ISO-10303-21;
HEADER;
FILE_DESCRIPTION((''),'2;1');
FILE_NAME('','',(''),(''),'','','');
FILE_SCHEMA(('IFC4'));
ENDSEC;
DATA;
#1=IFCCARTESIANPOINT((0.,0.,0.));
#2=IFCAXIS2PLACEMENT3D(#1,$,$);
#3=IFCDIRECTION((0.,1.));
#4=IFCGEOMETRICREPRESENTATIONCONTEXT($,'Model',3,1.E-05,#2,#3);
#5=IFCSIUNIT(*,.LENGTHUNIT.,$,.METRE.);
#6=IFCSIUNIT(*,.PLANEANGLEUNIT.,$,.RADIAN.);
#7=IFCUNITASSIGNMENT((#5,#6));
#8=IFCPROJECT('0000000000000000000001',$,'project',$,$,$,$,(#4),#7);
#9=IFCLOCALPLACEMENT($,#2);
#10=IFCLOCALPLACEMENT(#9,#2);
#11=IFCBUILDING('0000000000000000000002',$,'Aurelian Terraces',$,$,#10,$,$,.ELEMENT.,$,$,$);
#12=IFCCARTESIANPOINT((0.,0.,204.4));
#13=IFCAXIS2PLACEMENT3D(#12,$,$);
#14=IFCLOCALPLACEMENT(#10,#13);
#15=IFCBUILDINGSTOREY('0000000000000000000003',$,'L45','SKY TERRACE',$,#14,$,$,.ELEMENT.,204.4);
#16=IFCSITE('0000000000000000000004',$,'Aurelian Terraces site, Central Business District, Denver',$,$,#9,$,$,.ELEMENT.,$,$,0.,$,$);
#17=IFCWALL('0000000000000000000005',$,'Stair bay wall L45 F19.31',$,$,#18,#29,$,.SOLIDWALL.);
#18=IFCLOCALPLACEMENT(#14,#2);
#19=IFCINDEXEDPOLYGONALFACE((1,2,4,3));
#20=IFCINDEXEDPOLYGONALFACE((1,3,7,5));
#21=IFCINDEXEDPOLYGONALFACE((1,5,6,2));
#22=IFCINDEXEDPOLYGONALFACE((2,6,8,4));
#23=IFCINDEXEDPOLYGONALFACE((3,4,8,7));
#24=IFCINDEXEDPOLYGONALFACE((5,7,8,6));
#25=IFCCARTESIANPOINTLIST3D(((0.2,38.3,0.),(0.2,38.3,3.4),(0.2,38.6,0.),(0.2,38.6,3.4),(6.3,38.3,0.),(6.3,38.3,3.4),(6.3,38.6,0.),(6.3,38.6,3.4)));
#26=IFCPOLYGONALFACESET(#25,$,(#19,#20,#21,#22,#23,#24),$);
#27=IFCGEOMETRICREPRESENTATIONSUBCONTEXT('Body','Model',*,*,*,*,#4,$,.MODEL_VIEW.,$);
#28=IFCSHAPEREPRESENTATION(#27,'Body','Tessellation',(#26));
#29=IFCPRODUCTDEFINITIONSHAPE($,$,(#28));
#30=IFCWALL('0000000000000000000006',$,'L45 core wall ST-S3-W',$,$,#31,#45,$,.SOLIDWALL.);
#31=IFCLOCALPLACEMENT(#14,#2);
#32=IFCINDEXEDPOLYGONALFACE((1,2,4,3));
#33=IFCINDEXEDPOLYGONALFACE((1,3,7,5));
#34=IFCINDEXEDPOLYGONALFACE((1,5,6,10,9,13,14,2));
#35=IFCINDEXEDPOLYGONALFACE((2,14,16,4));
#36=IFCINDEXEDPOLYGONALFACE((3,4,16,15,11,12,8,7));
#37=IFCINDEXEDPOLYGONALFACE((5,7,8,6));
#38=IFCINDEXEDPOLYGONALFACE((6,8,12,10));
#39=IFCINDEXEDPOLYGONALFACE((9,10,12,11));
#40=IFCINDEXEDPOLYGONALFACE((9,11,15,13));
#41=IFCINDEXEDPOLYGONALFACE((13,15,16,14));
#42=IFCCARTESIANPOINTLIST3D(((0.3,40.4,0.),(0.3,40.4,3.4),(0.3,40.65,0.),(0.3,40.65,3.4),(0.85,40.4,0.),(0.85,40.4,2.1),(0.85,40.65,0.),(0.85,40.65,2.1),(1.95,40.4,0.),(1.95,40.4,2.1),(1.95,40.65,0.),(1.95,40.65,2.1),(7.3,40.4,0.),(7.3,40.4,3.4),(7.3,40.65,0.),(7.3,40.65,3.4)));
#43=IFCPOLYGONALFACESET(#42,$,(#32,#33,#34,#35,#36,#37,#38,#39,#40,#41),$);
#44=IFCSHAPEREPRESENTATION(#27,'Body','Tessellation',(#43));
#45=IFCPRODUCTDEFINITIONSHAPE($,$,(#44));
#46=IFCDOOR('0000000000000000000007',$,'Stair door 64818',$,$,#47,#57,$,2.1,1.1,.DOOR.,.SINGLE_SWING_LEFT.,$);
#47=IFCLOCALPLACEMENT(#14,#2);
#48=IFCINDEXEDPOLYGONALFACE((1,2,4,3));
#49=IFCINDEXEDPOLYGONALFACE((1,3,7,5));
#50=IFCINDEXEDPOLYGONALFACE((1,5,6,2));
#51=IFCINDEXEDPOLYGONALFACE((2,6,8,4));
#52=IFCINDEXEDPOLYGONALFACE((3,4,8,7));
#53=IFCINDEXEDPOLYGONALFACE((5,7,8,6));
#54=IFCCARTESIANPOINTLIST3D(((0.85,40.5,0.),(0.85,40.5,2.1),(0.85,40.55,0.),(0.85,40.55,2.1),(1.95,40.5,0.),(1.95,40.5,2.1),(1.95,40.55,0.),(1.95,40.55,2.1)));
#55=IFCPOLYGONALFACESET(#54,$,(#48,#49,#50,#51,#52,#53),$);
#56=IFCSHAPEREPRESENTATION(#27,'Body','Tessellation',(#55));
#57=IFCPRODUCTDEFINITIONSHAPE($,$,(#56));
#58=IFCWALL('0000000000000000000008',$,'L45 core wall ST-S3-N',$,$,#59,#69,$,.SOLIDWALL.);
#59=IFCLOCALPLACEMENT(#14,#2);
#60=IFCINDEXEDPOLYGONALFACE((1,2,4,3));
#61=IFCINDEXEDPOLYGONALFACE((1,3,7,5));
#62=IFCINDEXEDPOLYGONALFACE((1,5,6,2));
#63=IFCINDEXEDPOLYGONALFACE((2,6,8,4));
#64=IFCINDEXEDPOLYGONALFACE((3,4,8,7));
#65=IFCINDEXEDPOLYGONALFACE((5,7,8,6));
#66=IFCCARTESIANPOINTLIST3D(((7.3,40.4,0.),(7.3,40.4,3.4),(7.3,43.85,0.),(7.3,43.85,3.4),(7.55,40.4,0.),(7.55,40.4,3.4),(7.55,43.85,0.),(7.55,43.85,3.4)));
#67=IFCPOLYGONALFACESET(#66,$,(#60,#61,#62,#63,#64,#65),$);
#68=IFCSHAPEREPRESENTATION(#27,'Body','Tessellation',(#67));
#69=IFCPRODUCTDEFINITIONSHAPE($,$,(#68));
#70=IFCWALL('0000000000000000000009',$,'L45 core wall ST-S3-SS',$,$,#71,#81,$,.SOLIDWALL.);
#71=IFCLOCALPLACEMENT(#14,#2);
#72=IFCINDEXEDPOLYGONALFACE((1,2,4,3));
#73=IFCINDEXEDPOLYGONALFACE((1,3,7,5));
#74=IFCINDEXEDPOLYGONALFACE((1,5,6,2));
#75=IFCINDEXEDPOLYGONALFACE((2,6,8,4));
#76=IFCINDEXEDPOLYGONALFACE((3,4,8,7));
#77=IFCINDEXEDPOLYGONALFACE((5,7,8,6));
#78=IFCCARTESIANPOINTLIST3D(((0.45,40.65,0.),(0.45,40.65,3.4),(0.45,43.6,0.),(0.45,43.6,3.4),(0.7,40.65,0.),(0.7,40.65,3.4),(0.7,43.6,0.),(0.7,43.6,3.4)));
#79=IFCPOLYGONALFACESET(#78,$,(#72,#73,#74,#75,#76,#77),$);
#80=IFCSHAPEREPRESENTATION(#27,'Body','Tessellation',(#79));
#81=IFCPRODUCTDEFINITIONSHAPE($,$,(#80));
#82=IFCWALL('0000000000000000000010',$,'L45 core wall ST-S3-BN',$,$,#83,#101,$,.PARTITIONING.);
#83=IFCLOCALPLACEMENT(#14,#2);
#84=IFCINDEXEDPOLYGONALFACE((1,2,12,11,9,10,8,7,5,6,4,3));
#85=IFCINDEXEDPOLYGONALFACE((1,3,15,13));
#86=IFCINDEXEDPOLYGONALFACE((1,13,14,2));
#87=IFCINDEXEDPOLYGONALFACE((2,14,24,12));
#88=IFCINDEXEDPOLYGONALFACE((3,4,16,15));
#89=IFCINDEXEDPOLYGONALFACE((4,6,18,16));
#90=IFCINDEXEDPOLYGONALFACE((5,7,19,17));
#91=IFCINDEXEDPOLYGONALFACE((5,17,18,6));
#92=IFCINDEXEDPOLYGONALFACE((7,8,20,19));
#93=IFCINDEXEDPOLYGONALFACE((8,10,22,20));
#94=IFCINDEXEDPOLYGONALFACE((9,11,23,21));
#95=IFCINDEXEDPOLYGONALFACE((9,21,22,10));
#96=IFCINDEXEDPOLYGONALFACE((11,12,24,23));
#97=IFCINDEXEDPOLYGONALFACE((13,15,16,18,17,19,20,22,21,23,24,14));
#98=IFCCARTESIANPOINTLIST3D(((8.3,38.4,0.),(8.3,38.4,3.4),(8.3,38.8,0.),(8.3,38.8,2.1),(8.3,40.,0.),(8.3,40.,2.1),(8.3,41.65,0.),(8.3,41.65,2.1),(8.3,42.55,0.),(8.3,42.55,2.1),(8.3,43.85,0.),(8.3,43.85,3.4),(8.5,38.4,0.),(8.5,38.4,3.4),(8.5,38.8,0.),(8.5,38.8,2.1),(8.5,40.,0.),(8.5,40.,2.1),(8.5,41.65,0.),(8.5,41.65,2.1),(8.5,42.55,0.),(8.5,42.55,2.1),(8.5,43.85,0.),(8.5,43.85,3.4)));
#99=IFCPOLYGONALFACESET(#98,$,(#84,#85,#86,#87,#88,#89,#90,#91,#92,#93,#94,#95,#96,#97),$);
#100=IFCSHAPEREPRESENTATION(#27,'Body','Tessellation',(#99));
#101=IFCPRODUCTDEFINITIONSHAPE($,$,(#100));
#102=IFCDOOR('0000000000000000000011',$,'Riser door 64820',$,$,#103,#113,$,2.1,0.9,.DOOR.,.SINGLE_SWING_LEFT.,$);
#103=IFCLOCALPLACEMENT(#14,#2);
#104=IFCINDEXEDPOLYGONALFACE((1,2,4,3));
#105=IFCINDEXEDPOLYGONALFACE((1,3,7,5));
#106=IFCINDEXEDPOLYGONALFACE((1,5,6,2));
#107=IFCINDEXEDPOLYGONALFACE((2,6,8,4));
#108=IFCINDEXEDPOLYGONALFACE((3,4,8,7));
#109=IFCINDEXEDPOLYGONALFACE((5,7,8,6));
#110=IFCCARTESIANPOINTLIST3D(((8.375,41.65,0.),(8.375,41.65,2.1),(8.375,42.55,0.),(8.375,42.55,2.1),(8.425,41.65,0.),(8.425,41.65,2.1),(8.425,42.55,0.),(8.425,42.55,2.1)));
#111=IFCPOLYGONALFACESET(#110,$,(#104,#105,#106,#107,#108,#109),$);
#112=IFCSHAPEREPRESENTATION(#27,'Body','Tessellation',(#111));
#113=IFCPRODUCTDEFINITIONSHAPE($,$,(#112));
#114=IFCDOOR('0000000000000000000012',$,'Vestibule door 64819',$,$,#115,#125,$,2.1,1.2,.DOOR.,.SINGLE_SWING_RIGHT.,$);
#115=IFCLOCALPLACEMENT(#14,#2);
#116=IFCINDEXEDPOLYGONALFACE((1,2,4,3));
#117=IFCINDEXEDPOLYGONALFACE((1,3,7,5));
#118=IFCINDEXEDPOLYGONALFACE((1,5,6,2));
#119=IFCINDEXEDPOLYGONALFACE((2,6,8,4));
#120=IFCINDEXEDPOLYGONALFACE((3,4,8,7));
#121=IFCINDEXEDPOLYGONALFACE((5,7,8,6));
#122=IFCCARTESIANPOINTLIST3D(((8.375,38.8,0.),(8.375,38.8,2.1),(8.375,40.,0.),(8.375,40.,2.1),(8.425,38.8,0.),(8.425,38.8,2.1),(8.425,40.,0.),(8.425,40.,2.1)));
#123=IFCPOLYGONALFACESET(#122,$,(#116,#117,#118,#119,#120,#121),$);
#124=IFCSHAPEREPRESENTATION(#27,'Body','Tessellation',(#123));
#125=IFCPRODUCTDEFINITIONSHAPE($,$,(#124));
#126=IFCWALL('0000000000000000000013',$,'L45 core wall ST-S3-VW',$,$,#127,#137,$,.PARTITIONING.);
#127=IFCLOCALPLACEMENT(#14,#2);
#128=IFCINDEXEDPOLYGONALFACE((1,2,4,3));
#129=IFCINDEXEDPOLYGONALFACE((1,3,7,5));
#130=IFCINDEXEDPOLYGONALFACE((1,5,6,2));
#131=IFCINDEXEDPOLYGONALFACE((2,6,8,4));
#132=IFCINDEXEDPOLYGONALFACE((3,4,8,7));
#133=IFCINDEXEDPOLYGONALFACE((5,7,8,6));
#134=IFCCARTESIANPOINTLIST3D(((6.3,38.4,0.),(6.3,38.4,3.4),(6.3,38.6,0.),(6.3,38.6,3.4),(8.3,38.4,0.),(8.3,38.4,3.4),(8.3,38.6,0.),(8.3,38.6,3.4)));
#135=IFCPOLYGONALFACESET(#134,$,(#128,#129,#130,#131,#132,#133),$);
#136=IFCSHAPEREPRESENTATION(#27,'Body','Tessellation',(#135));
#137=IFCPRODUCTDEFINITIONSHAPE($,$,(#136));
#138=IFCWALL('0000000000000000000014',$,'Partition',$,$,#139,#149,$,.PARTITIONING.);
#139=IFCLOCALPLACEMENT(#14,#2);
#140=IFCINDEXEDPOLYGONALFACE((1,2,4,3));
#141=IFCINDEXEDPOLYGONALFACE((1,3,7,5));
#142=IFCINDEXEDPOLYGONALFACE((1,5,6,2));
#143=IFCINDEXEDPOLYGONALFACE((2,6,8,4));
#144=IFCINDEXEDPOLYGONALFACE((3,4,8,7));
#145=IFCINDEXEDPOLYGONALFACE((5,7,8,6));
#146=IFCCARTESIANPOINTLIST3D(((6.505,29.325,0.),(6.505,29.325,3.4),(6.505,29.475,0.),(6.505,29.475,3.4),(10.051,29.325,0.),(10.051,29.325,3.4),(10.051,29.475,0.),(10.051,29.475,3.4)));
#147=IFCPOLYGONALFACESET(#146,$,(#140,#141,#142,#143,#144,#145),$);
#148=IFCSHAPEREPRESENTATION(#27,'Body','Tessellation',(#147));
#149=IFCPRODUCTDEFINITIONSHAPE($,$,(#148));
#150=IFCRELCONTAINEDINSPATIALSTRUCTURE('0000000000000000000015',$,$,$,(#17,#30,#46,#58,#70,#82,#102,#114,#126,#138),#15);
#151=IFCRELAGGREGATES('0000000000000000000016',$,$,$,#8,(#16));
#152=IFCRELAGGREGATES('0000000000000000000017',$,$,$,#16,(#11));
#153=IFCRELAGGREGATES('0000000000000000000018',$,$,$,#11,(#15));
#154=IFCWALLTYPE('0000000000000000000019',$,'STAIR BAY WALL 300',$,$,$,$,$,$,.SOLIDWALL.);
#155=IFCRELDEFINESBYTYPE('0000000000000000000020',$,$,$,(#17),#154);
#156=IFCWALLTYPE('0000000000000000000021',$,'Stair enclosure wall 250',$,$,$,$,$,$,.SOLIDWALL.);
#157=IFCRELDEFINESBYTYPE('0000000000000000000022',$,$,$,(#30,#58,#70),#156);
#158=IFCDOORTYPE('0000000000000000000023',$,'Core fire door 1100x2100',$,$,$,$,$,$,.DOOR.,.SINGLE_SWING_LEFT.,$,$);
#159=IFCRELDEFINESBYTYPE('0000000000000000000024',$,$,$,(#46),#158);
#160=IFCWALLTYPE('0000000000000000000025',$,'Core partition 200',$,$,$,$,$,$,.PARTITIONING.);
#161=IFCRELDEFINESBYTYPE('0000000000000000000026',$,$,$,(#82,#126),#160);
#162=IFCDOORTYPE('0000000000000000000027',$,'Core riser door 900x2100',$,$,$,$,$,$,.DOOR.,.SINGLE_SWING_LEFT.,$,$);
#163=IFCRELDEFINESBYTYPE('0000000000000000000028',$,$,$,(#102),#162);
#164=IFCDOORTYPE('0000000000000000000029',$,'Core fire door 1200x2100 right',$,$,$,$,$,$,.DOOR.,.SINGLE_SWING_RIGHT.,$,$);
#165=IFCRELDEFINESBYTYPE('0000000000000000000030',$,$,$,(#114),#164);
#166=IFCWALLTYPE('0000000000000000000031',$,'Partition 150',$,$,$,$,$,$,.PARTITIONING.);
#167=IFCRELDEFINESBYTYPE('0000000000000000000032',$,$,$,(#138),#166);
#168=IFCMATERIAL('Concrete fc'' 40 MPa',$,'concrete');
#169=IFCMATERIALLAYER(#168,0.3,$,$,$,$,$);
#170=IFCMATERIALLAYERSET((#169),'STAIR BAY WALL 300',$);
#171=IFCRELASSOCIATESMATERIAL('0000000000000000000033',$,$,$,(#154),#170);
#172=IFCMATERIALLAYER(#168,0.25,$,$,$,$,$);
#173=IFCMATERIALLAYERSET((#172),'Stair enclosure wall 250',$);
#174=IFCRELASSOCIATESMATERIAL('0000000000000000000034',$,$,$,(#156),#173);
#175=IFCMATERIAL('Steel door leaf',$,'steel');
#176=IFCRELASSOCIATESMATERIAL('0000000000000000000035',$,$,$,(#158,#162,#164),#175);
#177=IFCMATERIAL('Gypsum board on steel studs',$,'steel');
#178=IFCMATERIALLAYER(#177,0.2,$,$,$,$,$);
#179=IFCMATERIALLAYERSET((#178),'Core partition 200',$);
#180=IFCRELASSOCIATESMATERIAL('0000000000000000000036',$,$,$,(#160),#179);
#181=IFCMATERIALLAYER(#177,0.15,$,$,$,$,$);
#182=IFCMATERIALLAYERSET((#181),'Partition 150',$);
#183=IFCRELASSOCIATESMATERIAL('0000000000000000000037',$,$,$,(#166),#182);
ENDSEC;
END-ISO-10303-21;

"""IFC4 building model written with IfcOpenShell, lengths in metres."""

from ifc_helpers import new_model, si_unit, direction, frame, frame_2d, origin, place, context, subcontext, project, spatial, rectangle, extrude, source, transform, mapped, material, layer, layer_set, type_object, element, fill, save


model = new_model("IFC4")

# Units and contexts
model_context = context("Model", 3, precision=1e-05, world=origin(), true_north=direction((0.0, 1.0)))
body_context = subcontext(model_context, "Body", "Model", "MODEL_VIEW")
ifc_project = project(units=[si_unit("LENGTHUNIT", "METRE"), si_unit("PLANEANGLEUNIT", "RADIAN")], contexts=[model_context])

# Site, building, storey
site_placement = place(None, origin())
site = spatial("IfcSite", under=ifc_project, at=site_placement, Name="Aurelian Terraces site, Central Business District, Denver", CompositionType="ELEMENT", RefElevation=0.0)
building_placement = place(site_placement, origin())
building = spatial("IfcBuilding", under=site, at=building_placement, Name="Aurelian Terraces", CompositionType="ELEMENT")
storey_placement = place(building_placement, frame((0.0, 0.0, 204.4)))
storey = spatial("IfcBuildingStorey", under=building, at=storey_placement, Name="L45", Description="SKY TERRACE", CompositionType="ELEMENT", Elevation=204.4)

# Shared definitions
ifc_material_1 = material(Name="Concrete fc' 40 MPa", Category="concrete")

# Wall
ifc_layer_1 = layer(ifc_material_1, 0.3)
ifc_layer_set_1 = layer_set([ifc_layer_1], Name="STAIR BAY WALL 300")
wall_type_1 = type_object("IfcWallType", Name="STAIR BAY WALL 300", PredefinedType="SOLIDWALL", material=ifc_layer_set_1)
shared_shape_1 = source(origin(), body_context, "Body", "SweptSolid", [
    extrude(rectangle(XDim=6.1, YDim=0.3, at=frame_2d((3.05, 0.0))), origin(), (0.0, 0.0, 1.0), 3.4),
])
wall_1_placement = place(storey_placement, frame((0.2, 38.45, 0.0), z_axis=(0.0, 0.0, 1.0), x_axis=(1.0, 0.0, 0.0)))
element("IfcWall", 1, at=wall_1_placement, inside=storey, type_object=wall_type_1, Name="Stair bay wall L45 F19.31", PredefinedType="SOLIDWALL", context=body_context, shape_type="MappedRepresentation", body=[
    mapped(shared_shape_1, transform((0.0, 0.0, 0.0), scale=1.0)),
])

# Wall, opening, door
ifc_layer_2 = layer(ifc_material_1, 0.25)
ifc_layer_set_2 = layer_set([ifc_layer_2], Name="Stair enclosure wall 250")
wall_type_2 = type_object("IfcWallType", Name="Stair enclosure wall 250", PredefinedType="SOLIDWALL", material=ifc_layer_set_2)
shared_shape_2 = source(origin(), body_context, "Body", "SweptSolid", [
    extrude(rectangle(XDim=7.0, YDim=0.25, at=frame_2d((3.5, 0.0))), origin(), (0.0, 0.0, 1.0), 3.4),
])
wall_2_placement = place(storey_placement, frame((0.3, 40.525, 0.0), z_axis=(0.0, 0.0, 1.0), x_axis=(1.0, 0.0, 0.0)))
wall_2 = element("IfcWall", 2, at=wall_2_placement, inside=storey, type_object=wall_type_2, Name="L45 core wall ST-S3-W", PredefinedType="SOLIDWALL", context=body_context, shape_type="MappedRepresentation", body=[
    mapped(shared_shape_2, transform((0.0, 0.0, 0.0), scale=1.0)),
])
shared_shape_3 = source(origin(), body_context, "Body", "SweptSolid", [
    extrude(rectangle(XDim=1.1, YDim=2.1, at=frame_2d((0.55, 1.05))), frame((0.0, 0.135, 0.0), z_axis=(0.0, -1.0, 0.0), x_axis=(1.0, 0.0, 0.0)), (0.0, 0.0, 1.0), 0.27),
])
opening_1_placement = place(wall_2_placement, frame((0.55, 0.0, 0.0)))
opening_1 = element("IfcOpeningElement", 3, at=opening_1_placement, cuts=wall_2, PredefinedType="OPENING", context=body_context, shape_type="MappedRepresentation", body=[
    mapped(shared_shape_3, transform((0.0, 0.0, 0.0), scale=1.0)),
])
ifc_material_2 = material(Name="Steel door leaf", Category="steel")
door_type_1 = type_object("IfcDoorType", Name="Core fire door 1100x2100", OperationType="SINGLE_SWING_LEFT", PredefinedType="DOOR", material=ifc_material_2)
shared_shape_4 = source(origin(), body_context, "Body", "SweptSolid", [
    extrude(rectangle(XDim=1.1, YDim=2.1, at=frame_2d((0.55, 1.05))), frame((0.0, 0.025, 0.0), z_axis=(0.0, -1.0, 0.0), x_axis=(1.0, 0.0, 0.0)), (0.0, 0.0, 1.0), 0.05),
])
door_1_placement = place(opening_1_placement, origin())
door_1 = element("IfcDoor", 4, at=door_1_placement, inside=storey, type_object=door_type_1, Name="Stair door 64818", OperationType="SINGLE_SWING_LEFT", OverallHeight=2.1, OverallWidth=1.1, PredefinedType="DOOR", context=body_context, shape_type="MappedRepresentation", body=[
    mapped(shared_shape_4, transform((0.0, 0.0, 0.0), scale=1.0)),
])
fill(opening_1, door_1)

# Walls
shared_shape_5 = source(origin(), body_context, "Body", "SweptSolid", [
    extrude(rectangle(XDim=3.45, YDim=0.25, at=frame_2d((1.725, 0.0))), origin(), (0.0, 0.0, 1.0), 3.4),
])
wall_3_placement = place(storey_placement, frame((7.425, 40.4, 0.0), z_axis=(0.0, 0.0, 1.0), x_axis=(0.0, 1.0, 0.0)))
element("IfcWall", 5, at=wall_3_placement, inside=storey, type_object=wall_type_2, Name="L45 core wall ST-S3-N", PredefinedType="SOLIDWALL", context=body_context, shape_type="MappedRepresentation", body=[
    mapped(shared_shape_5, transform((0.0, 0.0, 0.0), scale=1.0)),
])
shared_shape_6 = source(origin(), body_context, "Body", "SweptSolid", [
    extrude(rectangle(XDim=2.95, YDim=0.25, at=frame_2d((1.475, 0.0))), origin(), (0.0, 0.0, 1.0), 3.4),
])
wall_4_placement = place(storey_placement, frame((0.575, 40.65, 0.0), z_axis=(0.0, 0.0, 1.0), x_axis=(0.0, 1.0, 0.0)))
element("IfcWall", 6, at=wall_4_placement, inside=storey, type_object=wall_type_2, Name="L45 core wall ST-S3-SS", PredefinedType="SOLIDWALL", context=body_context, shape_type="MappedRepresentation", body=[
    mapped(shared_shape_6, transform((0.0, 0.0, 0.0), scale=1.0)),
])

# Wall, openings, doors
ifc_material_3 = material(Name="Gypsum board on steel studs", Category="steel")
ifc_layer_3 = layer(ifc_material_3, 0.2)
ifc_layer_set_3 = layer_set([ifc_layer_3], Name="Core partition 200")
wall_type_3 = type_object("IfcWallType", Name="Core partition 200", PredefinedType="PARTITIONING", material=ifc_layer_set_3)
shared_shape_7 = source(origin(), body_context, "Body", "SweptSolid", [
    extrude(rectangle(XDim=5.45, YDim=0.2, at=frame_2d((2.725, 0.0))), origin(), (0.0, 0.0, 1.0), 3.4),
])
wall_5_placement = place(storey_placement, frame((8.4, 38.4, 0.0), z_axis=(0.0, 0.0, 1.0), x_axis=(0.0, 1.0, 0.0)))
wall_5 = element("IfcWall", 7, at=wall_5_placement, inside=storey, type_object=wall_type_3, Name="L45 core wall ST-S3-BN", PredefinedType="PARTITIONING", context=body_context, shape_type="MappedRepresentation", body=[
    mapped(shared_shape_7, transform((0.0, 0.0, 0.0), scale=1.0)),
])
shared_shape_8 = source(origin(), body_context, "Body", "SweptSolid", [
    extrude(rectangle(XDim=1.2, YDim=2.1, at=frame_2d((0.6, 1.05))), frame((0.0, 0.11, 0.0), z_axis=(0.0, -1.0, 0.0), x_axis=(1.0, 0.0, 0.0)), (0.0, 0.0, 1.0), 0.22),
])
opening_2_placement = place(wall_5_placement, frame((0.4, 0.0, 0.0)))
opening_2 = element("IfcOpeningElement", 8, at=opening_2_placement, cuts=wall_5, PredefinedType="OPENING", context=body_context, shape_type="MappedRepresentation", body=[
    mapped(shared_shape_8, transform((0.0, 0.0, 0.0), scale=1.0)),
])
shared_shape_9 = source(origin(), body_context, "Body", "SweptSolid", [
    extrude(rectangle(XDim=0.9, YDim=2.1, at=frame_2d((0.45, 1.05))), frame((0.0, 0.11, 0.0), z_axis=(0.0, -1.0, 0.0), x_axis=(1.0, 0.0, 0.0)), (0.0, 0.0, 1.0), 0.22),
])
opening_3_placement = place(wall_5_placement, frame((3.25, 0.0, 0.0)))
opening_3 = element("IfcOpeningElement", 9, at=opening_3_placement, cuts=wall_5, PredefinedType="OPENING", context=body_context, shape_type="MappedRepresentation", body=[
    mapped(shared_shape_9, transform((0.0, 0.0, 0.0), scale=1.0)),
])
door_type_2 = type_object("IfcDoorType", Name="Core riser door 900x2100", OperationType="SINGLE_SWING_LEFT", PredefinedType="DOOR", material=ifc_material_2)
shared_shape_10 = source(origin(), body_context, "Body", "SweptSolid", [
    extrude(rectangle(XDim=0.9, YDim=2.1, at=frame_2d((0.45, 1.05))), frame((0.0, 0.025, 0.0), z_axis=(0.0, -1.0, 0.0), x_axis=(1.0, 0.0, 0.0)), (0.0, 0.0, 1.0), 0.05),
])
door_2_placement = place(opening_3_placement, origin())
door_2 = element("IfcDoor", 10, at=door_2_placement, inside=storey, type_object=door_type_2, Name="Riser door 64820", OperationType="SINGLE_SWING_LEFT", OverallHeight=2.1, OverallWidth=0.9, PredefinedType="DOOR", context=body_context, shape_type="MappedRepresentation", body=[
    mapped(shared_shape_10, transform((0.0, 0.0, 0.0), scale=1.0)),
])
fill(opening_3, door_2)
door_type_3 = type_object("IfcDoorType", Name="Core fire door 1200x2100 right", OperationType="SINGLE_SWING_RIGHT", PredefinedType="DOOR", material=ifc_material_2)
shared_shape_11 = source(origin(), body_context, "Body", "SweptSolid", [
    extrude(rectangle(XDim=1.2, YDim=2.1, at=frame_2d((0.6, 1.05))), frame((0.0, 0.025, 0.0), z_axis=(0.0, -1.0, 0.0), x_axis=(1.0, 0.0, 0.0)), (0.0, 0.0, 1.0), 0.05),
])
door_3_placement = place(opening_2_placement, origin())
door_3 = element("IfcDoor", 11, at=door_3_placement, inside=storey, type_object=door_type_3, Name="Vestibule door 64819", OperationType="SINGLE_SWING_RIGHT", OverallHeight=2.1, OverallWidth=1.2, PredefinedType="DOOR", context=body_context, shape_type="MappedRepresentation", body=[
    mapped(shared_shape_11, transform((0.0, 0.0, 0.0), scale=1.0)),
])
fill(opening_2, door_3)

# Walls
shared_shape_12 = source(origin(), body_context, "Body", "SweptSolid", [
    extrude(rectangle(XDim=2.0, YDim=0.2, at=frame_2d((1.0, 0.0))), origin(), (0.0, 0.0, 1.0), 3.4),
])
wall_6_placement = place(storey_placement, frame((6.3, 38.5, 0.0), z_axis=(0.0, 0.0, 1.0), x_axis=(1.0, 0.0, 0.0)))
element("IfcWall", 12, at=wall_6_placement, inside=storey, type_object=wall_type_3, Name="L45 core wall ST-S3-VW", PredefinedType="PARTITIONING", context=body_context, shape_type="MappedRepresentation", body=[
    mapped(shared_shape_12, transform((0.0, 0.0, 0.0), scale=1.0)),
])
ifc_layer_4 = layer(ifc_material_3, 0.15)
ifc_layer_set_4 = layer_set([ifc_layer_4], Name="Partition 150")
wall_type_4 = type_object("IfcWallType", Name="Partition 150", PredefinedType="PARTITIONING", material=ifc_layer_set_4)
shared_shape_13 = source(origin(), body_context, "Body", "SweptSolid", [
    extrude(rectangle(XDim=3.546, YDim=0.15, at=frame_2d((1.773, 0.0))), origin(), (0.0, 0.0, 1.0), 3.4),
])
wall_7_placement = place(storey_placement, frame((10.051, 29.4, 0.0), z_axis=(0.0, 0.0, 1.0), x_axis=(-1.0, 0.0, 0.0)))
element("IfcWall", 13, at=wall_7_placement, inside=storey, type_object=wall_type_4, Name="Partition", PredefinedType="PARTITIONING", context=body_context, shape_type="MappedRepresentation", body=[
    mapped(shared_shape_13, transform((0.0, 0.0, 0.0), scale=1.0)),
])

save(model, "model.ifc")
